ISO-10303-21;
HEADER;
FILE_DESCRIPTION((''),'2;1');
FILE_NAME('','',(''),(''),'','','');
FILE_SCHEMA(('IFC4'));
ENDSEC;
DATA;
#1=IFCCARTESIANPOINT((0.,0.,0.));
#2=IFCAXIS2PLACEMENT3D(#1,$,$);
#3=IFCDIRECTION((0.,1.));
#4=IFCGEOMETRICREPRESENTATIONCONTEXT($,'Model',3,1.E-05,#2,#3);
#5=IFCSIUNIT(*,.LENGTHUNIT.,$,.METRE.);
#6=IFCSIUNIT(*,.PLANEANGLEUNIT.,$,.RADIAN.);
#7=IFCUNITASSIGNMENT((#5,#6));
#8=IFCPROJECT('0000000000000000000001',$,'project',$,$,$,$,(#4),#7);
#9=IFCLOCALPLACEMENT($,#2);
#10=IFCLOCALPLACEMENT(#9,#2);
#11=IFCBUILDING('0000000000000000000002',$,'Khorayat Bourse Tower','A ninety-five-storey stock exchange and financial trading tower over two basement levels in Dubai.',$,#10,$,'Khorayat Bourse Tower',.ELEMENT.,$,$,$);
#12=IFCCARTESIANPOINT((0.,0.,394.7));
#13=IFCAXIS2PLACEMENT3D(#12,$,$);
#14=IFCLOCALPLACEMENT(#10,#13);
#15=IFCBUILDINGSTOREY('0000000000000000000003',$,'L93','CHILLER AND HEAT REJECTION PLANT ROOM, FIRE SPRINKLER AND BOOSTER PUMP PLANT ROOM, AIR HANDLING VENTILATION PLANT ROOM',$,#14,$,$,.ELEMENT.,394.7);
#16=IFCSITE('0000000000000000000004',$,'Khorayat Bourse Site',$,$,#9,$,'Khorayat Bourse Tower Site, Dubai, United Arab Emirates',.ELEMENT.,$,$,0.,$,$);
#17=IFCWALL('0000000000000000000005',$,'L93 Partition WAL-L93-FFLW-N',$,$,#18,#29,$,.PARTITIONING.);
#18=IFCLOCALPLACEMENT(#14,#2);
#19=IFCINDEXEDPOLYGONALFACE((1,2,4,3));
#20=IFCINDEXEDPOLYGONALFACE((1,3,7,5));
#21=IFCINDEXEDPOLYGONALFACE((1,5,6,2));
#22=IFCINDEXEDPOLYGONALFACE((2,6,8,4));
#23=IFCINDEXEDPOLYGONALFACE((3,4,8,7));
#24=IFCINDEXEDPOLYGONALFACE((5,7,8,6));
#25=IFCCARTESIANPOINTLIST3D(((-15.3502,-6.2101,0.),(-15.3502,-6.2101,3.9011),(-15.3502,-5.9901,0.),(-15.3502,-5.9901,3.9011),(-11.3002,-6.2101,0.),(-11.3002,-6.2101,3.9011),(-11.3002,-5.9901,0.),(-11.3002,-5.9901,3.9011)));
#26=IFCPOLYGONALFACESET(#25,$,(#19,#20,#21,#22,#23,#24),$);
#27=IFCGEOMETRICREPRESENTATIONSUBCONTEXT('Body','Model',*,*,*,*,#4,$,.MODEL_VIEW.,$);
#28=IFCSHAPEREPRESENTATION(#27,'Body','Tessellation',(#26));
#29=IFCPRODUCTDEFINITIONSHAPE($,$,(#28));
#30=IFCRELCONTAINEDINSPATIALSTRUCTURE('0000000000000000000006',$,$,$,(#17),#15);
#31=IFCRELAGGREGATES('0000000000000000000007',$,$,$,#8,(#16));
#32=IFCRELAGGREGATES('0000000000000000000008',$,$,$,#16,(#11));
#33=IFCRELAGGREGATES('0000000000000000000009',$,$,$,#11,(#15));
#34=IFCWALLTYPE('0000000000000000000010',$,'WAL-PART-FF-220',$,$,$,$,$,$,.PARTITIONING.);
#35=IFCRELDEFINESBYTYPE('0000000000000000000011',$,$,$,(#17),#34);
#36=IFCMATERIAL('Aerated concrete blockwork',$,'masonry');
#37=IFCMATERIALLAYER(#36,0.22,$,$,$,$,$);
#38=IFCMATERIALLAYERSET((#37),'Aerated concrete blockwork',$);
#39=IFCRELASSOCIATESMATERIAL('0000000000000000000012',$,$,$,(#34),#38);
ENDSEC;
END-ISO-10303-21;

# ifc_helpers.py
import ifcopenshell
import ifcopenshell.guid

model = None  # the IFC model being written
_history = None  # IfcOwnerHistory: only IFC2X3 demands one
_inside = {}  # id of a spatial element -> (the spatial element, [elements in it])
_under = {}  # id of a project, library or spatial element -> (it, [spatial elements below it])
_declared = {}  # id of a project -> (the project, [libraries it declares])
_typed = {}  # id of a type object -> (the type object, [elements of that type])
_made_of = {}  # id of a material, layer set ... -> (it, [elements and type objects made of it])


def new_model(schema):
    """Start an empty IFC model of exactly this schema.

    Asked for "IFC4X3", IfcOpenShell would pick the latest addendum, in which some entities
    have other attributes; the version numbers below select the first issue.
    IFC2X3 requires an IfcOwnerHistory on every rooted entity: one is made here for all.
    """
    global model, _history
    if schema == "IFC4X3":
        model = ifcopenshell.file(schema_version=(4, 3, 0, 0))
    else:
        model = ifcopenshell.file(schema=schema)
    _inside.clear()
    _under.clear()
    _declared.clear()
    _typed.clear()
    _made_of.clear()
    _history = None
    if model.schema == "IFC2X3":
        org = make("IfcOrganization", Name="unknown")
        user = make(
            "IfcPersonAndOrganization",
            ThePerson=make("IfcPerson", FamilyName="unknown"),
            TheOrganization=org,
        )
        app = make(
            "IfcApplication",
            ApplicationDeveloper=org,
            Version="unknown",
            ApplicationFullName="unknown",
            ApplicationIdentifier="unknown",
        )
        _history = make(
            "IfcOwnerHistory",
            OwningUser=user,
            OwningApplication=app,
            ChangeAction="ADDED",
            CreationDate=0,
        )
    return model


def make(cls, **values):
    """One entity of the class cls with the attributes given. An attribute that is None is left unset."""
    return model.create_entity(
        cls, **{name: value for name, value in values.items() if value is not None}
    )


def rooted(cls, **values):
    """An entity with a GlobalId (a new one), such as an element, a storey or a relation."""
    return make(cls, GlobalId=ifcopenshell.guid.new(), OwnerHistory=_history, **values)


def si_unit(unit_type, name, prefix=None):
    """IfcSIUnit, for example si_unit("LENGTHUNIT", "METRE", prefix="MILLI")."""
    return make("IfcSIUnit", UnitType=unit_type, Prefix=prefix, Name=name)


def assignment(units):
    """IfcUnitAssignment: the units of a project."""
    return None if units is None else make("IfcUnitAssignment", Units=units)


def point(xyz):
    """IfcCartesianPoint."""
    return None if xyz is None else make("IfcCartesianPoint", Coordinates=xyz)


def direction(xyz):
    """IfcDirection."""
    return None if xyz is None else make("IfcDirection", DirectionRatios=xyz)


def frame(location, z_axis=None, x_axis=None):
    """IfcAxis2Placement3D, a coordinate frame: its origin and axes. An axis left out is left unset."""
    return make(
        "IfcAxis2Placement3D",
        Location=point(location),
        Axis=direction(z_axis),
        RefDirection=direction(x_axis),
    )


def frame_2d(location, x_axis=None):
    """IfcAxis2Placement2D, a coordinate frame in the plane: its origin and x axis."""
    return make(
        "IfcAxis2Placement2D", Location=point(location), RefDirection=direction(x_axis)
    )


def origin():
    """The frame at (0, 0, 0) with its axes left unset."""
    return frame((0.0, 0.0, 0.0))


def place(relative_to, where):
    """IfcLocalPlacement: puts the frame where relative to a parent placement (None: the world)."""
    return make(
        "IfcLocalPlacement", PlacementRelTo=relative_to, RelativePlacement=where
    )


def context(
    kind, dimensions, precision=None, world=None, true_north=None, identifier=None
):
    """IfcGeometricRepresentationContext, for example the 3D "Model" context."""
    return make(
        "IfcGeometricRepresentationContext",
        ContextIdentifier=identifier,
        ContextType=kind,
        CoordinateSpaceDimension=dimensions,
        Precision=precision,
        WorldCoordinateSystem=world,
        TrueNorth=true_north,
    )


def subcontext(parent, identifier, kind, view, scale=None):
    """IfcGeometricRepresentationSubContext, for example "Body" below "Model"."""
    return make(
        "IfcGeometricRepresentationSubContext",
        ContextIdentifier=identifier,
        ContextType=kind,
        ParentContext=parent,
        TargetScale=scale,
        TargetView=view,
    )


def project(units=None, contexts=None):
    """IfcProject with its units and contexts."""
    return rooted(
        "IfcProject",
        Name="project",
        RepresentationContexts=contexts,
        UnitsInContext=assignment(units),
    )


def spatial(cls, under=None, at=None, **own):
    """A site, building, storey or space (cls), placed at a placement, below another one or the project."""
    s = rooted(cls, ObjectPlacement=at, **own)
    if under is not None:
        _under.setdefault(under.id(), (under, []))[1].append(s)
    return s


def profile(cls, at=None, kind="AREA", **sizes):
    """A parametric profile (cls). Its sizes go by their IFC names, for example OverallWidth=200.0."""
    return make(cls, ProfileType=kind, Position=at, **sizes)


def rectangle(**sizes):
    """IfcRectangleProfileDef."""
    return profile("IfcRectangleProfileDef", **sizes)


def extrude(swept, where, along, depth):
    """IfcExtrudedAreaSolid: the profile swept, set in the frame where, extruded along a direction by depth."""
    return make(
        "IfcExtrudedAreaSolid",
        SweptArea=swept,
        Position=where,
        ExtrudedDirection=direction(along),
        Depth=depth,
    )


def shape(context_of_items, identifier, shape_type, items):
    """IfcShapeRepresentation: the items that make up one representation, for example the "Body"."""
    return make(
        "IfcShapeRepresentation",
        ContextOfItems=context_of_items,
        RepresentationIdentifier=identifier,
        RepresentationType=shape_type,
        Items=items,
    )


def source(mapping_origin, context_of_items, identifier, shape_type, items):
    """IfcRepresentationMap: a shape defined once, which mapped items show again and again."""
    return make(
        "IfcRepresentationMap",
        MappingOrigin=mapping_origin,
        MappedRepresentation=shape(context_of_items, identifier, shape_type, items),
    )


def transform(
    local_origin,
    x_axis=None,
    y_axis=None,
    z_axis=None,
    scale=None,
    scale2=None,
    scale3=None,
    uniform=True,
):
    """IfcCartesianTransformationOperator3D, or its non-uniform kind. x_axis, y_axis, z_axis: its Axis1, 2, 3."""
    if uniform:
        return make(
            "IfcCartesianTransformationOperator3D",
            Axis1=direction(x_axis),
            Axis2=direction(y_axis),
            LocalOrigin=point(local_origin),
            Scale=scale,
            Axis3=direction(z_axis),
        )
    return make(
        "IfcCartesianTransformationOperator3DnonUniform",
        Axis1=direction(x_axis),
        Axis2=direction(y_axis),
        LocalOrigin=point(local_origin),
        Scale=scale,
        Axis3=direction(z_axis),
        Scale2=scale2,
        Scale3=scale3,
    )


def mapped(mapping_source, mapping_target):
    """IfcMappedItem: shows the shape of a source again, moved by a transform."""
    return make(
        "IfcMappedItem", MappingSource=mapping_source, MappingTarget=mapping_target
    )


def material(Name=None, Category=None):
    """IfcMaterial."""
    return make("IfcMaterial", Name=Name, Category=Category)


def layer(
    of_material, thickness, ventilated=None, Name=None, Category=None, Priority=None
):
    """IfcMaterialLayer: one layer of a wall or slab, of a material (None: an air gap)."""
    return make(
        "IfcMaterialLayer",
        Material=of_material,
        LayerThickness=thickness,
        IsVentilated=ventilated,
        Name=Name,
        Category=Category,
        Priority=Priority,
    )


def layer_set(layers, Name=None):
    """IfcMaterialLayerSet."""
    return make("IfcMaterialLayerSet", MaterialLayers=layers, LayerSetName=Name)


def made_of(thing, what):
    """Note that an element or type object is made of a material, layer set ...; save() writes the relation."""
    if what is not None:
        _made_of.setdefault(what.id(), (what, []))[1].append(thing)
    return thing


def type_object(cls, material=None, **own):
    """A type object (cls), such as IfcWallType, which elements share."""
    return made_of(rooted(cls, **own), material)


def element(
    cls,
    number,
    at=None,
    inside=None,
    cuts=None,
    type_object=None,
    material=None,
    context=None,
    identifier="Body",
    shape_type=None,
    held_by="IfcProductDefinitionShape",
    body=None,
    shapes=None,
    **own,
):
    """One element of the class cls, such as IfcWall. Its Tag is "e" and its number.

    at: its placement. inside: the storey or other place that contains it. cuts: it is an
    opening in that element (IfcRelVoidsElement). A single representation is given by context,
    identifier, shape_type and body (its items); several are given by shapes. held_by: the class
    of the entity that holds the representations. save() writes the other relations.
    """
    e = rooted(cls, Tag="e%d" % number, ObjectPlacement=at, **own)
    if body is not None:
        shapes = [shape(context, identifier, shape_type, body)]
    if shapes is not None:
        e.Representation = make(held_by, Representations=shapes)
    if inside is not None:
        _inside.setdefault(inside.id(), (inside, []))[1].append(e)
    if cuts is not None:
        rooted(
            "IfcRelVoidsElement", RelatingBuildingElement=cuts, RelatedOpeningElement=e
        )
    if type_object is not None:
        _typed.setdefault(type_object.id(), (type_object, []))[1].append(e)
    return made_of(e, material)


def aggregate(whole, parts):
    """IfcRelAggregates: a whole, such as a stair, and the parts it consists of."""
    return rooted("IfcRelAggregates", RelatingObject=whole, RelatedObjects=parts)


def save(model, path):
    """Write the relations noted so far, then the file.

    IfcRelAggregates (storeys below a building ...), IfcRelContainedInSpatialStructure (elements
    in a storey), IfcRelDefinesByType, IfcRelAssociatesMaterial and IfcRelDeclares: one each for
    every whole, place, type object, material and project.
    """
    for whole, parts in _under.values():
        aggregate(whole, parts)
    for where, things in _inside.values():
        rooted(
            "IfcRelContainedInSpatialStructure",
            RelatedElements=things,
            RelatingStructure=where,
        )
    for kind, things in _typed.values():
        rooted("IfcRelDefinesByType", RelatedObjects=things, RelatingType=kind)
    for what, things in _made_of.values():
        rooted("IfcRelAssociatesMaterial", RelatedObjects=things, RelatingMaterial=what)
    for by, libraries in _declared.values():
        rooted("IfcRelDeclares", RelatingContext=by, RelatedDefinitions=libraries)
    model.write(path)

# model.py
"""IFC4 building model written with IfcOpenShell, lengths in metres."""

from ifc_helpers import new_model, si_unit, direction, frame, frame_2d, origin, place, context, subcontext, project, spatial, rectangle, extrude, source, transform, mapped, material, layer, layer_set, type_object, element, save


model = new_model("IFC4")

# Units and contexts
model_context = context("Model", 3, precision=1e-05, world=origin(), true_north=direction((0.0, 1.0)))
body_context = subcontext(model_context, "Body", "Model", "MODEL_VIEW")
ifc_project = project(units=[si_unit("LENGTHUNIT", "METRE"), si_unit("PLANEANGLEUNIT", "RADIAN")], contexts=[model_context])

# Site, building, storey
site_placement = place(None, origin())
site = spatial("IfcSite", under=ifc_project, at=site_placement, Name="Khorayat Bourse Site", LongName="Khorayat Bourse Tower Site, Dubai, United Arab Emirates", CompositionType="ELEMENT", RefElevation=0.0)
building_placement = place(site_placement, origin())
building = spatial("IfcBuilding", under=site, at=building_placement, Name="Khorayat Bourse Tower", Description="A ninety-five-storey stock exchange and financial trading tower over two basement levels in Dubai.", LongName="Khorayat Bourse Tower", CompositionType="ELEMENT")
storey_placement = place(building_placement, frame((0.0, 0.0, 394.7)))
storey = spatial("IfcBuildingStorey", under=building, at=storey_placement, Name="L93", Description="CHILLER AND HEAT REJECTION PLANT ROOM, FIRE SPRINKLER AND BOOSTER PUMP PLANT ROOM, AIR HANDLING VENTILATION PLANT ROOM", CompositionType="ELEMENT", Elevation=394.7)

# Shared definitions
ifc_material_1 = material(Name="Aerated concrete blockwork", Category="masonry")
ifc_layer_1 = layer(ifc_material_1, 0.22)
ifc_layer_set_1 = layer_set([ifc_layer_1], Name="Aerated concrete blockwork")
wall_type_1 = type_object("IfcWallType", Name="WAL-PART-FF-220", PredefinedType="PARTITIONING", material=ifc_layer_set_1)

# Wall
shared_shape_1 = source(origin(), body_context, "Body", "SweptSolid", [
    extrude(rectangle(XDim=4.05, YDim=0.22, at=frame_2d((2.0249, 0.0))), origin(), (0.0, 0.0, 1.0), 3.9011),
])
wall_1_placement = place(storey_placement, frame((-15.3501, -6.1001, 0.0), z_axis=(0.0, 0.0, 1.0), x_axis=(1.0, 0.0, 0.0)))
element("IfcWall", 1, at=wall_1_placement, inside=storey, type_object=wall_type_1, Name="L93 Partition WAL-L93-FFLW-N", PredefinedType="PARTITIONING", context=body_context, shape_type="MappedRepresentation", body=[
    mapped(shared_shape_1, transform((0.0, 0.0, 0.0), scale=1.0)),
])

save(model, "model.ifc")
